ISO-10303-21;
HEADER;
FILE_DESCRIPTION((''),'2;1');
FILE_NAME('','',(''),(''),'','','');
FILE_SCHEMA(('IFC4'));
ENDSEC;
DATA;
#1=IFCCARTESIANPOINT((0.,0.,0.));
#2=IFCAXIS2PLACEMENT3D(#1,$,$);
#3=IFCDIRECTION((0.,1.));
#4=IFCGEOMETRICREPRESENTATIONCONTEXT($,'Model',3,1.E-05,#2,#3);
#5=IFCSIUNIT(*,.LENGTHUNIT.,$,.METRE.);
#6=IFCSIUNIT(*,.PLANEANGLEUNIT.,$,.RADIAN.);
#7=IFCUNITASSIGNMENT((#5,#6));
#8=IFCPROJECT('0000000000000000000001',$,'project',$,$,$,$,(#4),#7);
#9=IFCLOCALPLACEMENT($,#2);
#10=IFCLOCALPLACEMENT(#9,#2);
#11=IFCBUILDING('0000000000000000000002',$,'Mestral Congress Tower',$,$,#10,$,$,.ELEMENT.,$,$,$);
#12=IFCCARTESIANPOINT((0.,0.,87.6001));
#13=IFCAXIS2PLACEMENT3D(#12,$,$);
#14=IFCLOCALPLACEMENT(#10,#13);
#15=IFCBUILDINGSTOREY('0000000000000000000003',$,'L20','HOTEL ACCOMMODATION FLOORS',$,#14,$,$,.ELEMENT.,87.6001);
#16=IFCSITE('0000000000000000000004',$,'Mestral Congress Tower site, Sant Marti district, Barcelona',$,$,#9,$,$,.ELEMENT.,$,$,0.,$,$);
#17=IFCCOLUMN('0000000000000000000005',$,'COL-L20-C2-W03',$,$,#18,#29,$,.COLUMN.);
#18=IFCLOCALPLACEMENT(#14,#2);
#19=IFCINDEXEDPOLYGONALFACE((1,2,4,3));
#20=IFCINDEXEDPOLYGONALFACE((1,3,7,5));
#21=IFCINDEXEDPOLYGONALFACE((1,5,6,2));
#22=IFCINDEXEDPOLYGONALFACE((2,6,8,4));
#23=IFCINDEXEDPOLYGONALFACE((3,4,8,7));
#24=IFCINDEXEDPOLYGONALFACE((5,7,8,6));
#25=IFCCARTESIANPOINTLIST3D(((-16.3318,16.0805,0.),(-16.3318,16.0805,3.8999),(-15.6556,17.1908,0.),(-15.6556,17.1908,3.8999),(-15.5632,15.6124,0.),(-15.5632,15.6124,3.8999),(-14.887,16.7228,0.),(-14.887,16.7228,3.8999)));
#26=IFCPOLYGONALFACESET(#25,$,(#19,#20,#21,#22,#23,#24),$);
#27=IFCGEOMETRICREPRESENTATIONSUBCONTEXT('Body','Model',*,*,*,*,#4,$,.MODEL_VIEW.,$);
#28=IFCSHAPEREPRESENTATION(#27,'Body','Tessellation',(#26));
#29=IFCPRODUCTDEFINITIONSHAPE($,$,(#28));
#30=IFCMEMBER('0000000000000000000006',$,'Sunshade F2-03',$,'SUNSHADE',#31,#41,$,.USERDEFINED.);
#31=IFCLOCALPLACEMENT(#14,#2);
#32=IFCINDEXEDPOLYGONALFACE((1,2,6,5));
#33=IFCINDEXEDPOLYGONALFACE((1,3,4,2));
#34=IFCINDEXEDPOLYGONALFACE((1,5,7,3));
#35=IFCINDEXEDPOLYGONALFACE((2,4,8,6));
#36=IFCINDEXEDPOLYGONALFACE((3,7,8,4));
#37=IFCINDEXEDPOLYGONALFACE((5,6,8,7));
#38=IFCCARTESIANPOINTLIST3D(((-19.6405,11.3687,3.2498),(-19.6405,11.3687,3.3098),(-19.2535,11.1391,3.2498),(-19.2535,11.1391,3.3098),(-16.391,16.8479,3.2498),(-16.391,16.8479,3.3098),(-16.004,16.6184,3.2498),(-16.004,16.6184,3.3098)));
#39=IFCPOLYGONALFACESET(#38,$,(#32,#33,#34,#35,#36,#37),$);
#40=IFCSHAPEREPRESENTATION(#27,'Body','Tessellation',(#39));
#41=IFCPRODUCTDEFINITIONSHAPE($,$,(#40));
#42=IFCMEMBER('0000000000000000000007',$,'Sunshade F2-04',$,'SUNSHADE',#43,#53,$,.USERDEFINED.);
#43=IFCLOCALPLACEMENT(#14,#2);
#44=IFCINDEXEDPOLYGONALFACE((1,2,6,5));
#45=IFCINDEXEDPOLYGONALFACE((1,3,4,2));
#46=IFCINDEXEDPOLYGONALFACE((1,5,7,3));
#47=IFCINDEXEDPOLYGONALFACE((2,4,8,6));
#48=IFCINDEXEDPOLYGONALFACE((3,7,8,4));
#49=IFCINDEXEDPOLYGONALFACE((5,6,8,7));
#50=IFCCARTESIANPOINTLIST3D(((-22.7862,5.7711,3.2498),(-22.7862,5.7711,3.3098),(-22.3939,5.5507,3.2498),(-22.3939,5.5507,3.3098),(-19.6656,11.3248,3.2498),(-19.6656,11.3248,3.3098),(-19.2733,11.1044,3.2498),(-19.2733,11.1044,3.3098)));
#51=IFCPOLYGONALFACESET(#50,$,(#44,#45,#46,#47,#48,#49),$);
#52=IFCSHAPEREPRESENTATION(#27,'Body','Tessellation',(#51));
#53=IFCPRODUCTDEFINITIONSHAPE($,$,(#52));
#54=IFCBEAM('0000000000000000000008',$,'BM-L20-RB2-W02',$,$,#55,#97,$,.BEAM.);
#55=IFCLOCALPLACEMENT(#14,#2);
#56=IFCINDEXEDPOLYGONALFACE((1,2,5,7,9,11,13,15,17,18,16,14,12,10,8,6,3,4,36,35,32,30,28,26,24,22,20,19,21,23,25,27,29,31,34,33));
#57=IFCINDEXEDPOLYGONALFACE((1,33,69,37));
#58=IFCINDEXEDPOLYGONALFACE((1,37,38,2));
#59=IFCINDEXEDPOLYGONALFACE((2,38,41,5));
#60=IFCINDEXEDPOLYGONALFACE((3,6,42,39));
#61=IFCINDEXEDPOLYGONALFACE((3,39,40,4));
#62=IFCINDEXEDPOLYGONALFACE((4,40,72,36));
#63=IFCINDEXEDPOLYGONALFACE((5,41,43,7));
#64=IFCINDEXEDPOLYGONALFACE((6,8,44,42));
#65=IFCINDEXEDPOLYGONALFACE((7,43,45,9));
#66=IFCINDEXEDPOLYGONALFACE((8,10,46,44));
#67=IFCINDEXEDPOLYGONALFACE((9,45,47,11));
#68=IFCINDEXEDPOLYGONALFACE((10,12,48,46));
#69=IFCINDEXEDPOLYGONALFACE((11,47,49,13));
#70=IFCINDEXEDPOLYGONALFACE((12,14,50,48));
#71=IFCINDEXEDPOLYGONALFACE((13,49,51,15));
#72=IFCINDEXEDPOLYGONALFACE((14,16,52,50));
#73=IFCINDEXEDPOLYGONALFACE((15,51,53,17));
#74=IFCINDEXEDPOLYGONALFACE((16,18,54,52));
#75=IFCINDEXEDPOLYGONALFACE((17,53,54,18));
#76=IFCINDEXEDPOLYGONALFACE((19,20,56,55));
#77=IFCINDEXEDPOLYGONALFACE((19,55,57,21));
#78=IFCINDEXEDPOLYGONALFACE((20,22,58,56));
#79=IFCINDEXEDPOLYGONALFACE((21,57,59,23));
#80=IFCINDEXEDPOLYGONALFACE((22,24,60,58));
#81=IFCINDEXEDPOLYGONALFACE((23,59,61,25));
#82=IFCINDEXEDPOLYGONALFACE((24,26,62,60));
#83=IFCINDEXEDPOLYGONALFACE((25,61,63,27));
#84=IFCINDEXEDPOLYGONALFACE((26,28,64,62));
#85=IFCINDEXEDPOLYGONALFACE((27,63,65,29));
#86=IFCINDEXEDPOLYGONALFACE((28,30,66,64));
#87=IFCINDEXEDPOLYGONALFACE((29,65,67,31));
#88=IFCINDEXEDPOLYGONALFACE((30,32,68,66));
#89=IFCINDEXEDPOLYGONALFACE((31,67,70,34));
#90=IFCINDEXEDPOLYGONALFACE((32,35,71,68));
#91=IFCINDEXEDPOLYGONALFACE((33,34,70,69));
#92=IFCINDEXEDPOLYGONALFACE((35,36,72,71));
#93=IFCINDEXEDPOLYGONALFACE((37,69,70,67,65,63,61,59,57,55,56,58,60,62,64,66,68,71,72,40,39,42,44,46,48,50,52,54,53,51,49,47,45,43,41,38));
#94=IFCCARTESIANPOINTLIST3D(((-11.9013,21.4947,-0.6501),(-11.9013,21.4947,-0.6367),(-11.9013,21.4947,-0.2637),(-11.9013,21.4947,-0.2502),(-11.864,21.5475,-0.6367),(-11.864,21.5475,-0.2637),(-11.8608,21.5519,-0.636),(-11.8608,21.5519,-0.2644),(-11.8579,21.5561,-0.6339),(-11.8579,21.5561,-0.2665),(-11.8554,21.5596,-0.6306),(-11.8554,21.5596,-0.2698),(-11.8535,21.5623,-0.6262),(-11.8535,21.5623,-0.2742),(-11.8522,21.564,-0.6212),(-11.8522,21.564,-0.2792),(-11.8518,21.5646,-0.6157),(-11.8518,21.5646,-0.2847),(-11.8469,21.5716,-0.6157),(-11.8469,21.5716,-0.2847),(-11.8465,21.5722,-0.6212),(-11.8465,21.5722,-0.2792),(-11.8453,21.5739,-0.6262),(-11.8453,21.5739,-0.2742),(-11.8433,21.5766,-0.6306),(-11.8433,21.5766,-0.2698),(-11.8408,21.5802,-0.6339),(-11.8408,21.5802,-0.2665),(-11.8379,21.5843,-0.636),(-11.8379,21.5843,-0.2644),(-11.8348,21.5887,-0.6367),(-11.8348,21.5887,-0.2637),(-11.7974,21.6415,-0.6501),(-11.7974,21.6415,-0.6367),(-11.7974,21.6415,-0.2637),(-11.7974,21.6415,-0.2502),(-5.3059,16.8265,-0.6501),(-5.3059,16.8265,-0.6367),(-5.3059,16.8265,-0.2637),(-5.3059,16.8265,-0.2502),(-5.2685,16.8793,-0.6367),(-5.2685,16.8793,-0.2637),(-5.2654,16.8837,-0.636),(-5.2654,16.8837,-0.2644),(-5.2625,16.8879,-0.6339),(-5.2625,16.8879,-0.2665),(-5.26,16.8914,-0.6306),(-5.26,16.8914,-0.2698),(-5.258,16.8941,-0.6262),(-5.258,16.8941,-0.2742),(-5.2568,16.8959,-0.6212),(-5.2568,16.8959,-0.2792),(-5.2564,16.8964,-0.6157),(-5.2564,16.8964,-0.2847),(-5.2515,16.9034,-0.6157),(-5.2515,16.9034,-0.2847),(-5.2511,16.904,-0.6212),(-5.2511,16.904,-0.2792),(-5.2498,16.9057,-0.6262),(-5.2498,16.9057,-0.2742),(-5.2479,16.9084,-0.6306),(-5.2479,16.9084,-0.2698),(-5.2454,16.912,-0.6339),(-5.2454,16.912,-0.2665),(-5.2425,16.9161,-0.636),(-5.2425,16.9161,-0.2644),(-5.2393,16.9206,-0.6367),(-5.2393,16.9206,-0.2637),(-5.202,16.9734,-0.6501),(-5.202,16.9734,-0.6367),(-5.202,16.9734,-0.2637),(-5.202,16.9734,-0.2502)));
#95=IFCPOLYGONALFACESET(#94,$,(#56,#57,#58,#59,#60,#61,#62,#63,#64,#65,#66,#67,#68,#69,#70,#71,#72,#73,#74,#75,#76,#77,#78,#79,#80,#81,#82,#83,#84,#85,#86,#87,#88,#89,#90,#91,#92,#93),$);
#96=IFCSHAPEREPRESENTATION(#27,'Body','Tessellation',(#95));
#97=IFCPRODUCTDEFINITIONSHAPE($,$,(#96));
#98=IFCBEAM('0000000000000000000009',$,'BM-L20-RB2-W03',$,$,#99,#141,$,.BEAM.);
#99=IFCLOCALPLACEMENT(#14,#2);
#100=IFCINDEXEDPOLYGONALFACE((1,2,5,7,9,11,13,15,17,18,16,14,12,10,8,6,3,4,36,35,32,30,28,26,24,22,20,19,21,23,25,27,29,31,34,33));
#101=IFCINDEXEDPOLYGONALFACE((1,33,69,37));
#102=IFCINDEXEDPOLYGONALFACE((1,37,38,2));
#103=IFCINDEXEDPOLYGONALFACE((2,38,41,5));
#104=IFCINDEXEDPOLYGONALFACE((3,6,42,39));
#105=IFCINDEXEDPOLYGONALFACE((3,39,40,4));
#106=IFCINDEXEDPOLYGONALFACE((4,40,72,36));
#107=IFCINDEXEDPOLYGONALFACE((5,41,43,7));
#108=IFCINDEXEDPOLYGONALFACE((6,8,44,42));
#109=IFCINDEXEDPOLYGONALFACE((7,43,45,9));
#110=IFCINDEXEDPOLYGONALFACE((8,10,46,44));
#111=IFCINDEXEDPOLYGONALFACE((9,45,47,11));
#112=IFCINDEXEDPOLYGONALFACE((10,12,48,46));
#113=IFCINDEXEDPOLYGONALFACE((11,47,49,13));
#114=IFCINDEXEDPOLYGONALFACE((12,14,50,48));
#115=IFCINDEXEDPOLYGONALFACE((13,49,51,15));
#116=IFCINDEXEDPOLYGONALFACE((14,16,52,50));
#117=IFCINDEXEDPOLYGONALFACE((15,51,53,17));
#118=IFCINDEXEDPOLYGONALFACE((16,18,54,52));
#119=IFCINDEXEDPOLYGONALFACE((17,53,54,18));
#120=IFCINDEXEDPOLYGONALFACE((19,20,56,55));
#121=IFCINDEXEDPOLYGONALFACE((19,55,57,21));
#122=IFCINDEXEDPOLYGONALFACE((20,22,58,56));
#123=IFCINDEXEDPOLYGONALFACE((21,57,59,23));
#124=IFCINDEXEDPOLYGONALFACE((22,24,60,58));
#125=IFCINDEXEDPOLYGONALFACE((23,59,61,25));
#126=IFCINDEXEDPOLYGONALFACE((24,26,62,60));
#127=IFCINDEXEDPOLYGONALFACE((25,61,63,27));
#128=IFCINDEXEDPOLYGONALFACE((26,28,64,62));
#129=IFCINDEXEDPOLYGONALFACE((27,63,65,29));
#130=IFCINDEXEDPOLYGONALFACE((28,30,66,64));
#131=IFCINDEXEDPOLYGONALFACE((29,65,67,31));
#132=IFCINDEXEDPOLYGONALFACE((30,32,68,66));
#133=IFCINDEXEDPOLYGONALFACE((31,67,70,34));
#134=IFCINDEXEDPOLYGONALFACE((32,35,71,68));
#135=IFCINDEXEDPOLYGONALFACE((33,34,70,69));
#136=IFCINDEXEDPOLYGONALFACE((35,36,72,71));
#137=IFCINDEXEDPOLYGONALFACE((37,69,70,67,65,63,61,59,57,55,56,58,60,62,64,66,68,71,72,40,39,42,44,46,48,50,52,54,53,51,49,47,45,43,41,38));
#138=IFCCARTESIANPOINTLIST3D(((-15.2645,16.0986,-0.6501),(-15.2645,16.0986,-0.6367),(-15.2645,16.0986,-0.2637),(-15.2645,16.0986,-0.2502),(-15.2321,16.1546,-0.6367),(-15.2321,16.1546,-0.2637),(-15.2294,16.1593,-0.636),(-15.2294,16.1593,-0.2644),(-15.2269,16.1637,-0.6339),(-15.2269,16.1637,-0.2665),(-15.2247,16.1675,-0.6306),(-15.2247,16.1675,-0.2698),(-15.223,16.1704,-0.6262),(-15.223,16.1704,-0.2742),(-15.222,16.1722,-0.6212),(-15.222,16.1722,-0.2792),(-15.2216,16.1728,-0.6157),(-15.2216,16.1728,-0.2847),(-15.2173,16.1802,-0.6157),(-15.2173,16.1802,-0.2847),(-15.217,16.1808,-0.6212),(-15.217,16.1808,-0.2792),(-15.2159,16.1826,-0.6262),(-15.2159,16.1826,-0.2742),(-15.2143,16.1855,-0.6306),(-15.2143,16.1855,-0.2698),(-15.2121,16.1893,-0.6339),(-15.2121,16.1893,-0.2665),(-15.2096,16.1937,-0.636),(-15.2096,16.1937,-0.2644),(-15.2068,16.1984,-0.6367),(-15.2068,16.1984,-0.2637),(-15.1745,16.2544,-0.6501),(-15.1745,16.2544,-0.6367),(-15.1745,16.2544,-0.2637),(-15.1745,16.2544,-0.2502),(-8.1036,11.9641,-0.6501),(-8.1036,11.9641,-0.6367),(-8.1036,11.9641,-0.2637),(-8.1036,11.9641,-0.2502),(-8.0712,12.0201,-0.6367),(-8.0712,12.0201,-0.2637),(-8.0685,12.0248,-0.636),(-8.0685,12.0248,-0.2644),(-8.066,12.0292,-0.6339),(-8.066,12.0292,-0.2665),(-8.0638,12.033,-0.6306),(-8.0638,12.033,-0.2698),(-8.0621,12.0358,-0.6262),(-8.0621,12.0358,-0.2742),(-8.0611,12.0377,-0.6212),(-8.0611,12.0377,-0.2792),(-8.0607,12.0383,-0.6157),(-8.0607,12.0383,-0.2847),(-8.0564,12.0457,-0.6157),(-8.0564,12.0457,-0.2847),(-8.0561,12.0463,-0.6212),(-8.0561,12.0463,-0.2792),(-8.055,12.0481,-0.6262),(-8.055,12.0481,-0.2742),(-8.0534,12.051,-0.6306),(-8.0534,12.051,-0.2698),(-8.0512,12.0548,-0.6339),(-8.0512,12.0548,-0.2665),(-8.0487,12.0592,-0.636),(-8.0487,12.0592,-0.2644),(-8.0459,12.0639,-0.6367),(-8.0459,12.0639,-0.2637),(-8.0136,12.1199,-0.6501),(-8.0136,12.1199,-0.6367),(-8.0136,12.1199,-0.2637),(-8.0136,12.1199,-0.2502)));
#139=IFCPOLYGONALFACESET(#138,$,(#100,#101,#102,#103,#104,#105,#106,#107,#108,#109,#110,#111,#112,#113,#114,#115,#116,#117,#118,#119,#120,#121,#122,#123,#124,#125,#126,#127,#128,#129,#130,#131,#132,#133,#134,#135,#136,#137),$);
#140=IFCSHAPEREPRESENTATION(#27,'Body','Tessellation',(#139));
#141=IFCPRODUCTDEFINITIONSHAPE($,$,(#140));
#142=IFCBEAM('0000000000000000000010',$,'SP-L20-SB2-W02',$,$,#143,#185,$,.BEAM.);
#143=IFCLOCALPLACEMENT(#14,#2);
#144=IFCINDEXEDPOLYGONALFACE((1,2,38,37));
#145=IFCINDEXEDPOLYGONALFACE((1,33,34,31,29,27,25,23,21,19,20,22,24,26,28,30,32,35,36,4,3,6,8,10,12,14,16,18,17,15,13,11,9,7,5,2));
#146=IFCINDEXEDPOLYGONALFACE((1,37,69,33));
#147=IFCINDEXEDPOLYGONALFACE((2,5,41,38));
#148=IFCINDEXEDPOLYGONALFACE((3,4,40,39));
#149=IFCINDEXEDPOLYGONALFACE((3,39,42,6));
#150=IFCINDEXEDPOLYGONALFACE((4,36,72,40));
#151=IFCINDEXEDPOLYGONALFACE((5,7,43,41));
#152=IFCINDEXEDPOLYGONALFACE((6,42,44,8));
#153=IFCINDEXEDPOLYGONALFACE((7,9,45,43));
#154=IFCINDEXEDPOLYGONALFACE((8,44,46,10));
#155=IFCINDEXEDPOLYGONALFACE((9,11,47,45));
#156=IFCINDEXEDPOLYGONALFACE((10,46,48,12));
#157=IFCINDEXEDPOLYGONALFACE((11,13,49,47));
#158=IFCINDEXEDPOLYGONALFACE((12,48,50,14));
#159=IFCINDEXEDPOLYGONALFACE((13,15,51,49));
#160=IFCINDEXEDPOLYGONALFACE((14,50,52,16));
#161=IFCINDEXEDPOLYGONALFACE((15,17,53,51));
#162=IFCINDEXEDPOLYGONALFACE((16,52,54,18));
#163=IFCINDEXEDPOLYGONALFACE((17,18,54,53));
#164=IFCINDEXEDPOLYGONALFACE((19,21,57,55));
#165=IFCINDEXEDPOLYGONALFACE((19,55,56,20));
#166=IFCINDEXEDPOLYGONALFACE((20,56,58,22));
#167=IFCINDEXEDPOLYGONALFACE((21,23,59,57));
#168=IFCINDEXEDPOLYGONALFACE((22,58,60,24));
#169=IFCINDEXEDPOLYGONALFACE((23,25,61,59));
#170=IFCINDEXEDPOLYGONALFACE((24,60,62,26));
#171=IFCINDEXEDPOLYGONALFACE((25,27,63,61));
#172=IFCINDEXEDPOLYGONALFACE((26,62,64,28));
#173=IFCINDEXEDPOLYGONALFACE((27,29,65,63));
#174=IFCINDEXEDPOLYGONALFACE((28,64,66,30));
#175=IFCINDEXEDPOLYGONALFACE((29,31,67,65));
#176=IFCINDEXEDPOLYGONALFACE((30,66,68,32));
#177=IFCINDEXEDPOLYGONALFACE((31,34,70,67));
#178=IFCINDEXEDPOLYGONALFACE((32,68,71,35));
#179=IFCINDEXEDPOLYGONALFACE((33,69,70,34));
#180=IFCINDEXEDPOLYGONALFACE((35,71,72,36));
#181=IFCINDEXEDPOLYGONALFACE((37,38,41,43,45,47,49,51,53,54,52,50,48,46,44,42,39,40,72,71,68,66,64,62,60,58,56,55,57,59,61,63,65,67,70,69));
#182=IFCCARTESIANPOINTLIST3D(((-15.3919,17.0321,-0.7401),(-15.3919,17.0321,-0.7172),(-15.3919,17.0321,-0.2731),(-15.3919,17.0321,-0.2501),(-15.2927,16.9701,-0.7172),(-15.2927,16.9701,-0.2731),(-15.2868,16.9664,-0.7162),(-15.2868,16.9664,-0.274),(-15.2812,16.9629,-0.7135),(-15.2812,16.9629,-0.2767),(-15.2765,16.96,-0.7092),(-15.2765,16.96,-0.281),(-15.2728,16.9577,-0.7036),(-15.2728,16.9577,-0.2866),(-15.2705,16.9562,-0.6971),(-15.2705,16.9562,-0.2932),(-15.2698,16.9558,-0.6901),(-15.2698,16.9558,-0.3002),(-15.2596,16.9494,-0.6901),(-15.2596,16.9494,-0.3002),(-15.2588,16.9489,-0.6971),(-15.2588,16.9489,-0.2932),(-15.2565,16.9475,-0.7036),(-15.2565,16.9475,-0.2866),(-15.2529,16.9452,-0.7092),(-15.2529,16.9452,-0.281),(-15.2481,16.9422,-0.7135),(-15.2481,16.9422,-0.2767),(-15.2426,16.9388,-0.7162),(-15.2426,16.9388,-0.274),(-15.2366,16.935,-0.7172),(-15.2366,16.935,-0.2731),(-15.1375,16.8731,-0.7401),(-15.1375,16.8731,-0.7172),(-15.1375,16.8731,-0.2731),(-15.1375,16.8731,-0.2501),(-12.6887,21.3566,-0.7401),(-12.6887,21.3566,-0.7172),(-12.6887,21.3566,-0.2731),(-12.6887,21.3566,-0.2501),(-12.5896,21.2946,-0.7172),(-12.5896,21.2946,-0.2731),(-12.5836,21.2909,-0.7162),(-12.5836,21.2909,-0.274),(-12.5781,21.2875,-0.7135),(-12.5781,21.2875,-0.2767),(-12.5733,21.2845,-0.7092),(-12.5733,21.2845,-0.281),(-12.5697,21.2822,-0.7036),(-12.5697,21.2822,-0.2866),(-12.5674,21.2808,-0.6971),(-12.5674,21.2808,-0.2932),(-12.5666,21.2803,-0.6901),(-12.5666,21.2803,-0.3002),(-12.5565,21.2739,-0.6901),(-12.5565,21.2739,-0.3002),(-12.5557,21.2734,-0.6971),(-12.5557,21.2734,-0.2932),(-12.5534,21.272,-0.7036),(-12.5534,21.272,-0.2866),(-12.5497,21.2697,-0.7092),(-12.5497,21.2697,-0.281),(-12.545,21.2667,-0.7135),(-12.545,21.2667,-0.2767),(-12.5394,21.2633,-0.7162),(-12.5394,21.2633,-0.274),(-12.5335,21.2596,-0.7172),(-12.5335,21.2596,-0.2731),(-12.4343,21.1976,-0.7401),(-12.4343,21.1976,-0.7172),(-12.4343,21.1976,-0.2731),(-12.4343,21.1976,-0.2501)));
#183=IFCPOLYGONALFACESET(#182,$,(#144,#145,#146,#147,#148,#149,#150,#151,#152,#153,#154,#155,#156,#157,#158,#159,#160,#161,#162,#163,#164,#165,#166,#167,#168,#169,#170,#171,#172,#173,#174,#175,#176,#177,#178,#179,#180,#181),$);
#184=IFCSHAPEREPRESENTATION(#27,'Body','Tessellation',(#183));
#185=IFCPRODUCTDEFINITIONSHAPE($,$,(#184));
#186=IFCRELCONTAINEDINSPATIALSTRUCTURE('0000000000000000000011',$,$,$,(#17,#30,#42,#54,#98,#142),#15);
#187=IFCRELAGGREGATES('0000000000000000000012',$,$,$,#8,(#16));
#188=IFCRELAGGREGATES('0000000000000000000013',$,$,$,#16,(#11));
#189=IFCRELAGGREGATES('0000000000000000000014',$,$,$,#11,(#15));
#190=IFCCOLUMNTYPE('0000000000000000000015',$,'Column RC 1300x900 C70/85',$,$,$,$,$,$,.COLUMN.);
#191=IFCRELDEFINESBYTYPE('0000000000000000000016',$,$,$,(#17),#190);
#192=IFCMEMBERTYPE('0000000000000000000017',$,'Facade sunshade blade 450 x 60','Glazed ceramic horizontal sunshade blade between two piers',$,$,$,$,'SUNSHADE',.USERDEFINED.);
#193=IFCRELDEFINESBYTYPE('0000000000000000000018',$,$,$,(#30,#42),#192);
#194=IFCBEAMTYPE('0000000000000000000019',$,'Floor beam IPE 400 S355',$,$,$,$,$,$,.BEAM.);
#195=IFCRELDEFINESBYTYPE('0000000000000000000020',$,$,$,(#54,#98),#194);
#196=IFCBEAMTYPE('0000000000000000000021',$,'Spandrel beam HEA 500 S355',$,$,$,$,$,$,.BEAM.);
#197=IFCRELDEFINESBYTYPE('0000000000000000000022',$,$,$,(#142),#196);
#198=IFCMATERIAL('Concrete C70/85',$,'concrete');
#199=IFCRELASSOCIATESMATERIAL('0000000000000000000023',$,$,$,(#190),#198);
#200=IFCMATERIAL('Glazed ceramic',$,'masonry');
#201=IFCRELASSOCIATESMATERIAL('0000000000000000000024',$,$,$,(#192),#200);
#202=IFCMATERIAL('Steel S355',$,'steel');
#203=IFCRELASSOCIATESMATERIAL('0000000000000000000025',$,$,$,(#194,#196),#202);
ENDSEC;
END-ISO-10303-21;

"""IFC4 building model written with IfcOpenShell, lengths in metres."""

from ifc_helpers import new_model, si_unit, direction, frame, origin, origin_2d, place, context, subcontext, project, spatial, rectangle, i_section, extrude, material, material_profile, profile_set, type_object, element, save


model = new_model("IFC4")

# Units and contexts
model_context = context("Model", 3, precision=1e-05, world=origin(), true_north=direction((0.0, 1.0)))
body_context = subcontext(model_context, "Body", "Model", "MODEL_VIEW")
ifc_project = project(units=[si_unit("LENGTHUNIT", "METRE"), si_unit("PLANEANGLEUNIT", "RADIAN")], contexts=[model_context])

# Site, building, storey
site_placement = place(None, origin())
site = spatial("IfcSite", under=ifc_project, at=site_placement, Name="Mestral Congress Tower site, Sant Marti district, Barcelona", CompositionType="ELEMENT", RefElevation=0.0)
building_placement = place(site_placement, origin())
building = spatial("IfcBuilding", under=site, at=building_placement, Name="Mestral Congress Tower", CompositionType="ELEMENT")
storey_placement = place(building_placement, frame((0.0, 0.0, 87.6001)))
storey = spatial("IfcBuildingStorey", under=building, at=storey_placement, Name="L20", Description="HOTEL ACCOMMODATION FLOORS", CompositionType="ELEMENT", Elevation=87.6001)

# Column
ifc_material_1 = material(Name="Concrete C70/85", Category="concrete")
ifc_material_profile_1 = material_profile(ifc_material_1, rectangle(XDim=1.3, YDim=0.8999, at=origin_2d()), Name="RC 1300x900")
ifc_profile_set_1 = profile_set([ifc_material_profile_1], Name="Concrete C70/85")
column_type = type_object("IfcColumnType", Name="Column RC 1300x900 C70/85", PredefinedType="COLUMN", material=ifc_profile_set_1)
column_placement = place(storey_placement, frame((-15.6094, 16.4016, 0.0), z_axis=(0.0, 0.0, 1.0), x_axis=(-0.520114, -0.854097, 0.0)))
element("IfcColumn", 1, at=column_placement, inside=storey, type_object=column_type, Name="COL-L20-C2-W03", PredefinedType="COLUMN", context=body_context, shape_type="SweptSolid", body=[
    extrude(rectangle(XDim=1.3, YDim=0.8999, at=origin_2d()), origin(), (0.0, 0.0, 1.0), 3.8999),
])

# Members
ifc_material_2 = material(Name="Glazed ceramic", Category="masonry")
ifc_material_profile_2 = material_profile(ifc_material_2, rectangle(XDim=0.45, YDim=0.0601, at=origin_2d()), Name="Ceramic blade 450 x 60")
ifc_profile_set_2 = profile_set([ifc_material_profile_2], Name="Glazed ceramic")
member_type = type_object("IfcMemberType", Name="Facade sunshade blade 450 x 60", Description="Glazed ceramic horizontal sunshade blade between two piers", ElementType="SUNSHADE", PredefinedType="USERDEFINED", material=ifc_profile_set_2)
for number, where, z_axis, x_axis, name in (
    (2, (-16.1975, 16.7332, 3.2798), (-0.510099, -0.860116, 0.0), (0.860116, -0.510099, 0.0), "Sunshade F2-03"),
    (3, (-19.4695, 11.2146, 3.2798), (-0.489861, -0.871801, 0.0), (0.871801, -0.489861, 0.0), "Sunshade F2-04"),
):
    element("IfcMember", number, at=place(storey_placement, frame(where, z_axis=z_axis, x_axis=x_axis)), inside=storey, type_object=member_type, Name=name, ObjectType="SUNSHADE", PredefinedType="USERDEFINED", context=body_context, shape_type="SweptSolid", body=[
        extrude(rectangle(XDim=0.45, YDim=0.0601, at=origin_2d()), origin(), (0.0, 0.0, 1.0), 6.3704),
    ])

# Beams
ifc_material_3 = material(Name="Steel S355", Category="steel")
ifc_material_profile_3 = material_profile(ifc_material_3, i_section(OverallWidth=0.1799, OverallDepth=0.3999, WebThickness=0.0085, FlangeThickness=0.0134, FilletRadius=0.021, at=origin_2d()), Name="IPE 400")
ifc_profile_set_3 = profile_set([ifc_material_profile_3], Name="Steel S355")
beam_type_1 = type_object("IfcBeamType", Name="Floor beam IPE 400 S355", PredefinedType="BEAM", material=ifc_profile_set_3)
beam_1_placement = place(storey_placement, frame((-11.8494, 21.5681, -0.4502), z_axis=(0.816233, -0.577723, 0.0), x_axis=(0.577723, 0.816233, 0.0)))
element("IfcBeam", 4, at=beam_1_placement, inside=storey, type_object=beam_type_1, Name="BM-L20-RB2-W02", PredefinedType="BEAM", context=body_context, shape_type="SweptSolid", body=[
    extrude(i_section(OverallWidth=0.1799, OverallDepth=0.3999, WebThickness=0.0085, FlangeThickness=0.0134, FilletRadius=0.021, at=origin_2d()), origin(), (0.0, 0.0, 1.0), 8.0803),
])
beam_2_placement = place(storey_placement, frame((-15.2195, 16.1765, -0.4502), z_axis=(0.866016, -0.500016, 0.0), x_axis=(0.500016, 0.866016, 0.0)))
element("IfcBeam", 5, at=beam_2_placement, inside=storey, type_object=beam_type_1, Name="BM-L20-RB2-W03", PredefinedType="BEAM", context=body_context, shape_type="SweptSolid", body=[
    extrude(i_section(OverallWidth=0.1799, OverallDepth=0.3999, WebThickness=0.0085, FlangeThickness=0.0134, FilletRadius=0.021, at=origin_2d()), origin(), (0.0, 0.0, 1.0), 8.2688),
])
ifc_material_profile_4 = material_profile(ifc_material_3, i_section(OverallWidth=0.3, OverallDepth=0.49, WebThickness=0.012, FlangeThickness=0.0229, FilletRadius=0.0271, at=origin_2d()), Name="HEA 500")
ifc_profile_set_4 = profile_set([ifc_material_profile_4], Name="Steel S355")
beam_type_2 = type_object("IfcBeamType", Name="Spandrel beam HEA 500 S355", PredefinedType="BEAM", material=ifc_profile_set_4)
for number, where, z_axis, x_axis, name in (
    (6, (-12.5615, 21.2771, -0.4951), (-0.530046, -0.847969, 0.0), (0.847969, -0.530046, 0.0), "SP-L20-SB2-W02"),
):
    element("IfcBeam", number, at=place(storey_placement, frame(where, z_axis=z_axis, x_axis=x_axis)), inside=storey, type_object=beam_type_2, Name=name, PredefinedType="BEAM", context=body_context, shape_type="SweptSolid", body=[
        extrude(i_section(OverallWidth=0.3, OverallDepth=0.49, WebThickness=0.012, FlangeThickness=0.0229, FilletRadius=0.0271, at=origin_2d()), origin(), (0.0, 0.0, 1.0), 5.0999),
    ])

save(model, "model.ifc")
